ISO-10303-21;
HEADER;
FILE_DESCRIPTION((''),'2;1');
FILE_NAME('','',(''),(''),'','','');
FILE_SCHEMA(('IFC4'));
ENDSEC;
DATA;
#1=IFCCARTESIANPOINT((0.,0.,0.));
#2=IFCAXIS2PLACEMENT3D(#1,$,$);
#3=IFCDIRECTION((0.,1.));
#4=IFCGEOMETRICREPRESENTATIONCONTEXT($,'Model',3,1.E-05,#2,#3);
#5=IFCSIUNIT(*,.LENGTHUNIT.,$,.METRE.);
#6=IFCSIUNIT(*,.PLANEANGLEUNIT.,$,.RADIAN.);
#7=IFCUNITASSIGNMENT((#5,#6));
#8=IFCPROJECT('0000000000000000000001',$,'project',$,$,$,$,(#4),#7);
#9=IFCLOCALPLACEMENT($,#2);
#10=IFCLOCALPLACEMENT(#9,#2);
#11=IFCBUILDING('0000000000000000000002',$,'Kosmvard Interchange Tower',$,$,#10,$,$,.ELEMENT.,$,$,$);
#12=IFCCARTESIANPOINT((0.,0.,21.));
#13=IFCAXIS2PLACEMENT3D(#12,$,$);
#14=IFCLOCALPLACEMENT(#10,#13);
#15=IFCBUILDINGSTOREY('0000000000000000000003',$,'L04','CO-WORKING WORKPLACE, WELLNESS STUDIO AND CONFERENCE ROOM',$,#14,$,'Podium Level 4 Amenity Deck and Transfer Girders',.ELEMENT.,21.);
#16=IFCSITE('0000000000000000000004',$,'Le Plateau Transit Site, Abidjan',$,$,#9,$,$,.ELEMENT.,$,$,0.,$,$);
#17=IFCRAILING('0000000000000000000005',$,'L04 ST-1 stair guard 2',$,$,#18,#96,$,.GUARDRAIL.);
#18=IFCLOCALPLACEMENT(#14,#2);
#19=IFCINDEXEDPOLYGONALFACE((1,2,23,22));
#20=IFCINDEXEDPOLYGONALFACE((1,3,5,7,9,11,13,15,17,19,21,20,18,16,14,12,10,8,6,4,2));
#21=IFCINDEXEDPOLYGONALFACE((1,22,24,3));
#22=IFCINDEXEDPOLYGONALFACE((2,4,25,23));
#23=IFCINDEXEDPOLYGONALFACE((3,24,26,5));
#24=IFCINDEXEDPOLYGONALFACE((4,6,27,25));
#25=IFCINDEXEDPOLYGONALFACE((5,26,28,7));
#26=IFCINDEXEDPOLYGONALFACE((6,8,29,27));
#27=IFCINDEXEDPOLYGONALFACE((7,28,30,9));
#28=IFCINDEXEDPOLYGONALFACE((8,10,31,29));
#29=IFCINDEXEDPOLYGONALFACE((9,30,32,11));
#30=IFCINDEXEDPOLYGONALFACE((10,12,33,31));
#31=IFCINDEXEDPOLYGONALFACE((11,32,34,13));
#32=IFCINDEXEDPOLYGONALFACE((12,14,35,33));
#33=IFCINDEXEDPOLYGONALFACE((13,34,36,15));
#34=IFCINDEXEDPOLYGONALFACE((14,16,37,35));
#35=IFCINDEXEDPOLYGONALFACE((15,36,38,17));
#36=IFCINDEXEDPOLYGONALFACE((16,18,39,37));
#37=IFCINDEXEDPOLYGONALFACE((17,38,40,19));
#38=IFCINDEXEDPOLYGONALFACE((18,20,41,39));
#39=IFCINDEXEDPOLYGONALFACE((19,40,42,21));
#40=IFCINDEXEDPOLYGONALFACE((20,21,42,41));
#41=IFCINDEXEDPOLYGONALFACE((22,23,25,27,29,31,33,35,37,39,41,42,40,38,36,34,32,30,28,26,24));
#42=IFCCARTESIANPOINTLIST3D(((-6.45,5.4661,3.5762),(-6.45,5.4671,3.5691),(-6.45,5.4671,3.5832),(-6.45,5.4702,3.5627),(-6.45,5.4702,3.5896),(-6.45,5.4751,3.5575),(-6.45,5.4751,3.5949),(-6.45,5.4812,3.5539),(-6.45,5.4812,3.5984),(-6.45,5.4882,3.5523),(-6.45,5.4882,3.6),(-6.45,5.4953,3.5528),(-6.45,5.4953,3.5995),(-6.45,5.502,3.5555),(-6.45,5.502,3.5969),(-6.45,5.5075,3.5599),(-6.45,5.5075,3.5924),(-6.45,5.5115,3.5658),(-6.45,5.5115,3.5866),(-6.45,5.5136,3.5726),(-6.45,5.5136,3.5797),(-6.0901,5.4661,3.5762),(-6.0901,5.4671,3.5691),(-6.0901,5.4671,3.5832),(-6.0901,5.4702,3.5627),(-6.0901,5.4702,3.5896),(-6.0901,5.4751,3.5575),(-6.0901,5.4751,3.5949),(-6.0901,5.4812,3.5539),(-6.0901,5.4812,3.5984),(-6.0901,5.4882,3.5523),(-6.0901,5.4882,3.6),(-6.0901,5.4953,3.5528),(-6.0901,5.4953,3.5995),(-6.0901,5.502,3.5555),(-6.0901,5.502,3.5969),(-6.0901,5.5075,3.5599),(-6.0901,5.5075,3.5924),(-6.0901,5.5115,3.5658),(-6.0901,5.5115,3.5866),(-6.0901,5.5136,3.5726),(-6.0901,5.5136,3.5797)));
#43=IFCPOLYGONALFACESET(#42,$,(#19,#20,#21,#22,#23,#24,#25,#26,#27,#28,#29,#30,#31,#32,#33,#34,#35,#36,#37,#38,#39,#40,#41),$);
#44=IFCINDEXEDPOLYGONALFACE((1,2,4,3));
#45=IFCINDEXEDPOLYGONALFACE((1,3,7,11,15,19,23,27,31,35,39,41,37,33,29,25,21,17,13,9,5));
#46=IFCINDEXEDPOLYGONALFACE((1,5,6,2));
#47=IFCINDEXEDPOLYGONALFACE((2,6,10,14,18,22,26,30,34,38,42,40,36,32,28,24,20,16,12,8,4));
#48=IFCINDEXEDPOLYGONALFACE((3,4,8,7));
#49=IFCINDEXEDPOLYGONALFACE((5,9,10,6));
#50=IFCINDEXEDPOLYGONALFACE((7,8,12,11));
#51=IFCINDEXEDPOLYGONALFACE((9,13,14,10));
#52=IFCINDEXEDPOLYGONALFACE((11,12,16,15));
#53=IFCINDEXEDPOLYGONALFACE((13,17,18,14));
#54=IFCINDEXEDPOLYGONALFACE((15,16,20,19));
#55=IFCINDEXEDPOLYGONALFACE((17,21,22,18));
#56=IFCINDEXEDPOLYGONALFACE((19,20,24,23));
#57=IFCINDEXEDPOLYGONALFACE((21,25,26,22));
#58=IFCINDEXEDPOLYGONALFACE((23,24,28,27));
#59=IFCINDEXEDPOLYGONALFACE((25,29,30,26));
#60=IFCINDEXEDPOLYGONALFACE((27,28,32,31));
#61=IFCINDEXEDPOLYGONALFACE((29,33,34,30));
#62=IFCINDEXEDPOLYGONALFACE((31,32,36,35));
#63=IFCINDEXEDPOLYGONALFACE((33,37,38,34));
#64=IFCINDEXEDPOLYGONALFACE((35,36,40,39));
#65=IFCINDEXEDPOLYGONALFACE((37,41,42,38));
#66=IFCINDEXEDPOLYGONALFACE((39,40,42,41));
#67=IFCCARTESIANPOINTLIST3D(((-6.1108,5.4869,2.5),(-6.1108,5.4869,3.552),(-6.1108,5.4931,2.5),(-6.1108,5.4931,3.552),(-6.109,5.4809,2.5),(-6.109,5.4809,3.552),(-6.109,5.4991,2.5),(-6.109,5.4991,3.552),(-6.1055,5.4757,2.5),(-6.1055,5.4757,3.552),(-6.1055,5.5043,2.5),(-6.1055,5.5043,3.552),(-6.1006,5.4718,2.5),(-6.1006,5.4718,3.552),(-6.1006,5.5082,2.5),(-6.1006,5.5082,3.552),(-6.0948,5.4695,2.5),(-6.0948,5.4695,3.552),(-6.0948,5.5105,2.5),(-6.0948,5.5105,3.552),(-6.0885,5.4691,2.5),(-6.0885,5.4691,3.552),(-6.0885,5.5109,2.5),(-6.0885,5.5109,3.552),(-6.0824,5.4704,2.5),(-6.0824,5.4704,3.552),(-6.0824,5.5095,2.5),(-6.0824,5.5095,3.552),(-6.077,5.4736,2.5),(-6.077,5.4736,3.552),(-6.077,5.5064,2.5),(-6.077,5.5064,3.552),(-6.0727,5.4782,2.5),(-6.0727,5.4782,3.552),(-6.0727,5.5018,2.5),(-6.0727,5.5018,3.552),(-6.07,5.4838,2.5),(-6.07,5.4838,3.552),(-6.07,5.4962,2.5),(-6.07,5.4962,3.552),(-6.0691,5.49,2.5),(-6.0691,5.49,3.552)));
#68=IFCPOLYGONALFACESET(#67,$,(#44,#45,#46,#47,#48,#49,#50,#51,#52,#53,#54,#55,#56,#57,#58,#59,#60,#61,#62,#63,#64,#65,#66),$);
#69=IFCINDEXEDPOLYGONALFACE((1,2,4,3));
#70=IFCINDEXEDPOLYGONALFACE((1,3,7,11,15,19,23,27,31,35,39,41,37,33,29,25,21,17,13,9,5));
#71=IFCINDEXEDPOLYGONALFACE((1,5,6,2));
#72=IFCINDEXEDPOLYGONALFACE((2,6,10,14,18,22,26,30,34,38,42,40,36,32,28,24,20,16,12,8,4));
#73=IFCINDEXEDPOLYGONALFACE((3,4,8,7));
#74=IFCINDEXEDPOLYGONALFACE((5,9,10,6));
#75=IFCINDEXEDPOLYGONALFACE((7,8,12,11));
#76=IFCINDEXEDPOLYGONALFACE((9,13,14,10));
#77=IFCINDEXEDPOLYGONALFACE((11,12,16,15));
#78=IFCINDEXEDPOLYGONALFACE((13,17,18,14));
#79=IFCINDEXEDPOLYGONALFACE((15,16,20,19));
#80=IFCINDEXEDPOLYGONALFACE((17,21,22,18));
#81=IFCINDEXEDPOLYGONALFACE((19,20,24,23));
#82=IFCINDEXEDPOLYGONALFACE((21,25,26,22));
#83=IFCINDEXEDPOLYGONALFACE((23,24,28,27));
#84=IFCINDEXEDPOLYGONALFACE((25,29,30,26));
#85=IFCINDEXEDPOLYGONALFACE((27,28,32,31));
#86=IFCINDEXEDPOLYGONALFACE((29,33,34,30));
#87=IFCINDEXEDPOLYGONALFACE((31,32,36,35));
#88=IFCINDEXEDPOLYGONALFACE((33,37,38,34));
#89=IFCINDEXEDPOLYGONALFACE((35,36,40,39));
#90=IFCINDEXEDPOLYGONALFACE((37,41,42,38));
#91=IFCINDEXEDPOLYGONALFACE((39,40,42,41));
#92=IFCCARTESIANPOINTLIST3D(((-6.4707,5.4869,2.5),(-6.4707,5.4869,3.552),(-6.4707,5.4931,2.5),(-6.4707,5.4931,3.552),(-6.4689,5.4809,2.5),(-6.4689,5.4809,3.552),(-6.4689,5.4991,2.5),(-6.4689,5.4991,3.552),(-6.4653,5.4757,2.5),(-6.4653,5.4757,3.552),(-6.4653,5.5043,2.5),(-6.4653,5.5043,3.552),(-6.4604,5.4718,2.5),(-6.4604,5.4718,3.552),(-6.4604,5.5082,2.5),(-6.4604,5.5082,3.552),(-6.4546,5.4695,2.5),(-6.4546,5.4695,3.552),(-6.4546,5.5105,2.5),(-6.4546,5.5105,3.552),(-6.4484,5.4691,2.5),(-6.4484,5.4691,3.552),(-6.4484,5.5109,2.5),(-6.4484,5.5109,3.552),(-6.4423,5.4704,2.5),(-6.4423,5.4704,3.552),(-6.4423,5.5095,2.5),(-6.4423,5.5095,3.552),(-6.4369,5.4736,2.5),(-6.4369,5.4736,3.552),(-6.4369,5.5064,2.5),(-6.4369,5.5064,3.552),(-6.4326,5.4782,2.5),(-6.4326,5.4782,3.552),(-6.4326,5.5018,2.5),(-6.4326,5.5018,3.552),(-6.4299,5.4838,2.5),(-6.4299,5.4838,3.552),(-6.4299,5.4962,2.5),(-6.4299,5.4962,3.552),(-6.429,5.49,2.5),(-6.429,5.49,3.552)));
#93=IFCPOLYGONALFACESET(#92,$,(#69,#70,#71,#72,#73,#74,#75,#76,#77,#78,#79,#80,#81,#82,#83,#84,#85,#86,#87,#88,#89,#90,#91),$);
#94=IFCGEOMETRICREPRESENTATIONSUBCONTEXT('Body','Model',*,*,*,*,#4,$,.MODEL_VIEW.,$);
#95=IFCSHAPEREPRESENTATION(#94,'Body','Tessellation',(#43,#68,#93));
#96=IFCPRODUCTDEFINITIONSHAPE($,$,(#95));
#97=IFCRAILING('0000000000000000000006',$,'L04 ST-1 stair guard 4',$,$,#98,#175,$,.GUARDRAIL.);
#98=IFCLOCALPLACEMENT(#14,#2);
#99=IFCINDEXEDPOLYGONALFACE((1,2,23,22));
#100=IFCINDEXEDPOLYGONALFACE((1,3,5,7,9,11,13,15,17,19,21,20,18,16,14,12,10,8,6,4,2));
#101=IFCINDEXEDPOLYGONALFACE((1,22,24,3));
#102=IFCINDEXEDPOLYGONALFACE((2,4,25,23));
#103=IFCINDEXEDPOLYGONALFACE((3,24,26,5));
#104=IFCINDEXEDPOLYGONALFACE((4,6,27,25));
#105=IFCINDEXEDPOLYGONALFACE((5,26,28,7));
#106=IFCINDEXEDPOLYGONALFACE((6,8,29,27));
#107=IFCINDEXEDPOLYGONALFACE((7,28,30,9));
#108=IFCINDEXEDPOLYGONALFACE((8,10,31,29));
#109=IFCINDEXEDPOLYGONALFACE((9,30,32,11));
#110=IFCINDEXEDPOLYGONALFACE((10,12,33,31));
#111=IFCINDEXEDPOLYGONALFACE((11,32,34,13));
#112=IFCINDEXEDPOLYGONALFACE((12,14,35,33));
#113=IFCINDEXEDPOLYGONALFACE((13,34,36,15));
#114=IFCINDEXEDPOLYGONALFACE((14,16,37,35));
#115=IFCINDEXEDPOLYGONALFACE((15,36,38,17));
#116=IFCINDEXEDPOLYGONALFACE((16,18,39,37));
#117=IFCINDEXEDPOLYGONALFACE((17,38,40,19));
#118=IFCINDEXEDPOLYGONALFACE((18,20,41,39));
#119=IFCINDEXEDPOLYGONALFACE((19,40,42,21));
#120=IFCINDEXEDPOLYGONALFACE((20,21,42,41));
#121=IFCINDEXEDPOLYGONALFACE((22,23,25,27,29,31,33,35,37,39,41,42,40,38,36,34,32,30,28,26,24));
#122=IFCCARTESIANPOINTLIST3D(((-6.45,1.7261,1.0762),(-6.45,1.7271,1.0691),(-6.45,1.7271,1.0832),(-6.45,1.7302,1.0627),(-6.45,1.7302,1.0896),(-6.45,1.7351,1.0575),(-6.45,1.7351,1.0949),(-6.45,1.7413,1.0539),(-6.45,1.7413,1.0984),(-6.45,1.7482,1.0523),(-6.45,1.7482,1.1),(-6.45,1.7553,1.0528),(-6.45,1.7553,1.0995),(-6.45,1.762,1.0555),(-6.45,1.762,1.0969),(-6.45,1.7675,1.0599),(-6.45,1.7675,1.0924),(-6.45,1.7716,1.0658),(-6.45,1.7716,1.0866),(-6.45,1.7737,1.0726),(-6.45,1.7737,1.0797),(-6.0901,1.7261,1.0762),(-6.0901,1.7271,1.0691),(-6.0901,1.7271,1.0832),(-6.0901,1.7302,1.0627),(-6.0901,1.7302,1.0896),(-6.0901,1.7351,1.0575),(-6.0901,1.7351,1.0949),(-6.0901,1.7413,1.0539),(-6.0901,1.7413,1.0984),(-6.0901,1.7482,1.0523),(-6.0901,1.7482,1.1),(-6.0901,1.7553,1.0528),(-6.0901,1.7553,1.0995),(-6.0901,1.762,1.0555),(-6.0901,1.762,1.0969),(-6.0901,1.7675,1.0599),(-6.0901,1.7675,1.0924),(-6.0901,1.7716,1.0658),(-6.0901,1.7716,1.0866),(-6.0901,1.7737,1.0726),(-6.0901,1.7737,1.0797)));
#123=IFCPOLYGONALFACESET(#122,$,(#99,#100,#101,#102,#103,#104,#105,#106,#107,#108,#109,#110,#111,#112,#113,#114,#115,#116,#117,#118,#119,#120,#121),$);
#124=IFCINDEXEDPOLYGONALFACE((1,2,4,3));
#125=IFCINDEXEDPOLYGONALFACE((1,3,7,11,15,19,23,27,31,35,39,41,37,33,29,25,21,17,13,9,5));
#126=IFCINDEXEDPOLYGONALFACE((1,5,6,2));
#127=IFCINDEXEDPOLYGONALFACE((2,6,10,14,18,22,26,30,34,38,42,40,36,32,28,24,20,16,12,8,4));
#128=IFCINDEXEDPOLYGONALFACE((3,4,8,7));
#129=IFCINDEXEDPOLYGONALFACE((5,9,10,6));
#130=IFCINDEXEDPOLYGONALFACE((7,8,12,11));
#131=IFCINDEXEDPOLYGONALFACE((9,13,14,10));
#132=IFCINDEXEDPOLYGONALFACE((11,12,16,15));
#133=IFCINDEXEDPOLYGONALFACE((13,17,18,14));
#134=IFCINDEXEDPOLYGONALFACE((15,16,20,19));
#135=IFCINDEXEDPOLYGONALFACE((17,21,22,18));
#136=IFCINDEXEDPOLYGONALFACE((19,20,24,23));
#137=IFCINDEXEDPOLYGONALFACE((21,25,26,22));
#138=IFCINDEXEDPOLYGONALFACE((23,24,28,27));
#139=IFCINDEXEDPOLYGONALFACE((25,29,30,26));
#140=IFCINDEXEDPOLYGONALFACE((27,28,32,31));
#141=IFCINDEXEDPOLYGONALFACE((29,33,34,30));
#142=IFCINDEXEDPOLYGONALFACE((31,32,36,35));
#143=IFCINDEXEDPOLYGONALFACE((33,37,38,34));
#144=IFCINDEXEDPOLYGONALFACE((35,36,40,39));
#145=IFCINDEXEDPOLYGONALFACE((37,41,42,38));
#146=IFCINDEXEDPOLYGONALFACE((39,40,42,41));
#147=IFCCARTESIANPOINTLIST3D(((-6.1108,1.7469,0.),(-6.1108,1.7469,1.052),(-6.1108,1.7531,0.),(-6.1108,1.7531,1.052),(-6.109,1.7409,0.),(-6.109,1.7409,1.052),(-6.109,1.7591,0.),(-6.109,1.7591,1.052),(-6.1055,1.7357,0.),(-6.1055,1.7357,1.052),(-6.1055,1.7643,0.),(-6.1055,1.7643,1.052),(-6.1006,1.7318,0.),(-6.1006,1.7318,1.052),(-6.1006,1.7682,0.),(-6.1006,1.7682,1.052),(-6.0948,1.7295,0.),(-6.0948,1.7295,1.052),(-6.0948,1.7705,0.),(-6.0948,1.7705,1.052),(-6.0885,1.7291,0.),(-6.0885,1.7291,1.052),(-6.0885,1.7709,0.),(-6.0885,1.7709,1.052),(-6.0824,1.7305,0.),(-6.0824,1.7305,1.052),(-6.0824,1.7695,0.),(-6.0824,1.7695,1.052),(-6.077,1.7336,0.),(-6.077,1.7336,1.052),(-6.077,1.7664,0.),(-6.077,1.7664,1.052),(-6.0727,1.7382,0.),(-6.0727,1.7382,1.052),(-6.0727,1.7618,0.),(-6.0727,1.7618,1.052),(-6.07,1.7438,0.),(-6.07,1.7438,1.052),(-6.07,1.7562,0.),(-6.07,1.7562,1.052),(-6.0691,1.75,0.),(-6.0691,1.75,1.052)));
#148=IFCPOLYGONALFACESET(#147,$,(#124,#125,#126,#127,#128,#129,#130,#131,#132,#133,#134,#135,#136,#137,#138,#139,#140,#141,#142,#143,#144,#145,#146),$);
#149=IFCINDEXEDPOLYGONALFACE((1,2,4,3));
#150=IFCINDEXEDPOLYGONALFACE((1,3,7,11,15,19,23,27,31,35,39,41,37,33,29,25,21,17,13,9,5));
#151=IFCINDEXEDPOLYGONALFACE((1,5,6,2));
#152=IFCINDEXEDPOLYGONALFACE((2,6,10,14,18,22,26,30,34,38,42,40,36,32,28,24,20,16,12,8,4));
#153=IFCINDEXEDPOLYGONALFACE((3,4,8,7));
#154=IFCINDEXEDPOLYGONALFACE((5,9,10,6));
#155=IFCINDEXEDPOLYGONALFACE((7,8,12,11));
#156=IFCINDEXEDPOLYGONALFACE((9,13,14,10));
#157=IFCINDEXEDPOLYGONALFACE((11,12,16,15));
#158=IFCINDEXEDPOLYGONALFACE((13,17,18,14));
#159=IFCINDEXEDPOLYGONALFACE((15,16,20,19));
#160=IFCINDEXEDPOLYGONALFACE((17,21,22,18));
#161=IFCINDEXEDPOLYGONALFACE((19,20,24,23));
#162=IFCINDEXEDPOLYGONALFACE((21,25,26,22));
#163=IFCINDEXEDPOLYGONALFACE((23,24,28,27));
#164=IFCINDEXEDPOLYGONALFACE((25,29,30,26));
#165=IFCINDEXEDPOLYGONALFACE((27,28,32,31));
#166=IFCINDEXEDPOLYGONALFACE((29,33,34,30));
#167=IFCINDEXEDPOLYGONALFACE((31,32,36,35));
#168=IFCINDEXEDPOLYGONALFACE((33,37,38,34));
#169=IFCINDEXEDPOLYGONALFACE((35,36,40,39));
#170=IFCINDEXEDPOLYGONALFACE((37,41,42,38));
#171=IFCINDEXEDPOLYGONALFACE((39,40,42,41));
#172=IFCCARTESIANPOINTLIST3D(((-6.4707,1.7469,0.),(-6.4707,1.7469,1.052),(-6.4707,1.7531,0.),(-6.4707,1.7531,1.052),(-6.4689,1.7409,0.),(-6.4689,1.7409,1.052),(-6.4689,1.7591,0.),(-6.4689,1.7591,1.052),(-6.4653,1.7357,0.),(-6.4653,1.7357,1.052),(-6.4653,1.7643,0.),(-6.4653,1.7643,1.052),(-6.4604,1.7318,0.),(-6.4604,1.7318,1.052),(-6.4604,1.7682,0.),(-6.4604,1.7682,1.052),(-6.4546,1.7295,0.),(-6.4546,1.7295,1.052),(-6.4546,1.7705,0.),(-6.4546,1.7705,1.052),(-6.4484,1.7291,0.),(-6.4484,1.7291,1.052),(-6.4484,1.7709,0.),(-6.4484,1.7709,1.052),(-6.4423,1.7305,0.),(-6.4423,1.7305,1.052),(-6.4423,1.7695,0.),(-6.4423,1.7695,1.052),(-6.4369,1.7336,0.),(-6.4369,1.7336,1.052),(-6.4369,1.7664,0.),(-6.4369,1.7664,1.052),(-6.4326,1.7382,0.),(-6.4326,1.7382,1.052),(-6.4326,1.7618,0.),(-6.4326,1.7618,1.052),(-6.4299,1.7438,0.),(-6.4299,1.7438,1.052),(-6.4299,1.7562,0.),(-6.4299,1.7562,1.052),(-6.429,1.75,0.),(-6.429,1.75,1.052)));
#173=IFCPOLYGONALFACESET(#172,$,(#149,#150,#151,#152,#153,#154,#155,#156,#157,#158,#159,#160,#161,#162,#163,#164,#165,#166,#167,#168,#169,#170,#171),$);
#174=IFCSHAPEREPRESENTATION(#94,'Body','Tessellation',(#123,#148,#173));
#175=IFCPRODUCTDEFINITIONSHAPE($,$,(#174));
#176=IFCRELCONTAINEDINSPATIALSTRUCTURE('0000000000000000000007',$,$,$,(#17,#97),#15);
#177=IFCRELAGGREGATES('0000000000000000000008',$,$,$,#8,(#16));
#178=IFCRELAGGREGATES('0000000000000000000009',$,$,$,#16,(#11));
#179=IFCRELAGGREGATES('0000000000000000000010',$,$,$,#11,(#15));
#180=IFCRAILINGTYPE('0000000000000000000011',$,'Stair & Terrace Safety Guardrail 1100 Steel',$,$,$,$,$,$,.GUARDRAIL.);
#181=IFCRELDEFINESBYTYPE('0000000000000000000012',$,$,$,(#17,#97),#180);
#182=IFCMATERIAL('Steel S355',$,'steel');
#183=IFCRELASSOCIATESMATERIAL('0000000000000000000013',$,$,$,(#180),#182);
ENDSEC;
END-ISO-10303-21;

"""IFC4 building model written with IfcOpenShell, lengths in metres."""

from ifc_helpers import new_model, si_unit, direction, frame, origin, origin_2d, place, context, subcontext, project, spatial, circle, extrude, source, transform, mapped, material, type_object, element, save


model = new_model("IFC4")

# Units and contexts
model_context = context("Model", 3, precision=1e-05, world=origin(), true_north=direction((0.0, 1.0)))
body_context = subcontext(model_context, "Body", "Model", "MODEL_VIEW")
ifc_project = project(units=[si_unit("LENGTHUNIT", "METRE"), si_unit("PLANEANGLEUNIT", "RADIAN")], contexts=[model_context])

# Site, building, storey
site_placement = place(None, origin())
site = spatial("IfcSite", under=ifc_project, at=site_placement, Name="Le Plateau Transit Site, Abidjan", CompositionType="ELEMENT", RefElevation=0.0)
building_placement = place(site_placement, origin())
building = spatial("IfcBuilding", under=site, at=building_placement, Name="Kosmvard Interchange Tower", CompositionType="ELEMENT")
storey_placement = place(building_placement, frame((0.0, 0.0, 21.0)))
storey = spatial("IfcBuildingStorey", under=building, at=storey_placement, Name="L04", Description="CO-WORKING WORKPLACE, WELLNESS STUDIO AND CONFERENCE ROOM", LongName="Podium Level 4 Amenity Deck and Transfer Girders", CompositionType="ELEMENT", Elevation=21.0)

# Shared definitions
ifc_material_1 = material(Name="Steel S355", Category="steel")

# Railings
railing_type_1 = type_object("IfcRailingType", Name="Stair & Terrace Safety Guardrail 1100 Steel", PredefinedType="GUARDRAIL", material=ifc_material_1)
shared_shape_1 = source(origin(), body_context, "Body", "SweptSolid", [
    extrude(circle(Radius=0.0239, at=origin_2d()), frame((0.0, 0.0, 1.0762), z_axis=(-1.0, 0.0, 0.0), x_axis=(0.0, -1.0, 0.0)), (0.0, 0.0, 1.0), 0.3599),
    extrude(circle(Radius=0.021, at=origin_2d()), origin(), (0.0, 0.0, 1.0), 1.052),
    extrude(circle(Radius=0.021, at=origin_2d()), frame((-0.3599, 0.0, 0.0)), (0.0, 0.0, 1.0), 1.052),
])
for number, where, name in (
    (1, (-6.0901, 5.49, 2.5), "L04 ST-1 stair guard 2"),
    (2, (-6.0901, 1.75, 0.0), "L04 ST-1 stair guard 4"),
):
    element("IfcRailing", number, at=place(storey_placement, frame(where)), inside=storey, type_object=railing_type_1, Name=name, PredefinedType="GUARDRAIL", context=body_context, shape_type="MappedRepresentation", body=[
        mapped(shared_shape_1, transform((0.0, 0.0, 0.0), scale=1.0)),
    ])

save(model, "model.ifc")
